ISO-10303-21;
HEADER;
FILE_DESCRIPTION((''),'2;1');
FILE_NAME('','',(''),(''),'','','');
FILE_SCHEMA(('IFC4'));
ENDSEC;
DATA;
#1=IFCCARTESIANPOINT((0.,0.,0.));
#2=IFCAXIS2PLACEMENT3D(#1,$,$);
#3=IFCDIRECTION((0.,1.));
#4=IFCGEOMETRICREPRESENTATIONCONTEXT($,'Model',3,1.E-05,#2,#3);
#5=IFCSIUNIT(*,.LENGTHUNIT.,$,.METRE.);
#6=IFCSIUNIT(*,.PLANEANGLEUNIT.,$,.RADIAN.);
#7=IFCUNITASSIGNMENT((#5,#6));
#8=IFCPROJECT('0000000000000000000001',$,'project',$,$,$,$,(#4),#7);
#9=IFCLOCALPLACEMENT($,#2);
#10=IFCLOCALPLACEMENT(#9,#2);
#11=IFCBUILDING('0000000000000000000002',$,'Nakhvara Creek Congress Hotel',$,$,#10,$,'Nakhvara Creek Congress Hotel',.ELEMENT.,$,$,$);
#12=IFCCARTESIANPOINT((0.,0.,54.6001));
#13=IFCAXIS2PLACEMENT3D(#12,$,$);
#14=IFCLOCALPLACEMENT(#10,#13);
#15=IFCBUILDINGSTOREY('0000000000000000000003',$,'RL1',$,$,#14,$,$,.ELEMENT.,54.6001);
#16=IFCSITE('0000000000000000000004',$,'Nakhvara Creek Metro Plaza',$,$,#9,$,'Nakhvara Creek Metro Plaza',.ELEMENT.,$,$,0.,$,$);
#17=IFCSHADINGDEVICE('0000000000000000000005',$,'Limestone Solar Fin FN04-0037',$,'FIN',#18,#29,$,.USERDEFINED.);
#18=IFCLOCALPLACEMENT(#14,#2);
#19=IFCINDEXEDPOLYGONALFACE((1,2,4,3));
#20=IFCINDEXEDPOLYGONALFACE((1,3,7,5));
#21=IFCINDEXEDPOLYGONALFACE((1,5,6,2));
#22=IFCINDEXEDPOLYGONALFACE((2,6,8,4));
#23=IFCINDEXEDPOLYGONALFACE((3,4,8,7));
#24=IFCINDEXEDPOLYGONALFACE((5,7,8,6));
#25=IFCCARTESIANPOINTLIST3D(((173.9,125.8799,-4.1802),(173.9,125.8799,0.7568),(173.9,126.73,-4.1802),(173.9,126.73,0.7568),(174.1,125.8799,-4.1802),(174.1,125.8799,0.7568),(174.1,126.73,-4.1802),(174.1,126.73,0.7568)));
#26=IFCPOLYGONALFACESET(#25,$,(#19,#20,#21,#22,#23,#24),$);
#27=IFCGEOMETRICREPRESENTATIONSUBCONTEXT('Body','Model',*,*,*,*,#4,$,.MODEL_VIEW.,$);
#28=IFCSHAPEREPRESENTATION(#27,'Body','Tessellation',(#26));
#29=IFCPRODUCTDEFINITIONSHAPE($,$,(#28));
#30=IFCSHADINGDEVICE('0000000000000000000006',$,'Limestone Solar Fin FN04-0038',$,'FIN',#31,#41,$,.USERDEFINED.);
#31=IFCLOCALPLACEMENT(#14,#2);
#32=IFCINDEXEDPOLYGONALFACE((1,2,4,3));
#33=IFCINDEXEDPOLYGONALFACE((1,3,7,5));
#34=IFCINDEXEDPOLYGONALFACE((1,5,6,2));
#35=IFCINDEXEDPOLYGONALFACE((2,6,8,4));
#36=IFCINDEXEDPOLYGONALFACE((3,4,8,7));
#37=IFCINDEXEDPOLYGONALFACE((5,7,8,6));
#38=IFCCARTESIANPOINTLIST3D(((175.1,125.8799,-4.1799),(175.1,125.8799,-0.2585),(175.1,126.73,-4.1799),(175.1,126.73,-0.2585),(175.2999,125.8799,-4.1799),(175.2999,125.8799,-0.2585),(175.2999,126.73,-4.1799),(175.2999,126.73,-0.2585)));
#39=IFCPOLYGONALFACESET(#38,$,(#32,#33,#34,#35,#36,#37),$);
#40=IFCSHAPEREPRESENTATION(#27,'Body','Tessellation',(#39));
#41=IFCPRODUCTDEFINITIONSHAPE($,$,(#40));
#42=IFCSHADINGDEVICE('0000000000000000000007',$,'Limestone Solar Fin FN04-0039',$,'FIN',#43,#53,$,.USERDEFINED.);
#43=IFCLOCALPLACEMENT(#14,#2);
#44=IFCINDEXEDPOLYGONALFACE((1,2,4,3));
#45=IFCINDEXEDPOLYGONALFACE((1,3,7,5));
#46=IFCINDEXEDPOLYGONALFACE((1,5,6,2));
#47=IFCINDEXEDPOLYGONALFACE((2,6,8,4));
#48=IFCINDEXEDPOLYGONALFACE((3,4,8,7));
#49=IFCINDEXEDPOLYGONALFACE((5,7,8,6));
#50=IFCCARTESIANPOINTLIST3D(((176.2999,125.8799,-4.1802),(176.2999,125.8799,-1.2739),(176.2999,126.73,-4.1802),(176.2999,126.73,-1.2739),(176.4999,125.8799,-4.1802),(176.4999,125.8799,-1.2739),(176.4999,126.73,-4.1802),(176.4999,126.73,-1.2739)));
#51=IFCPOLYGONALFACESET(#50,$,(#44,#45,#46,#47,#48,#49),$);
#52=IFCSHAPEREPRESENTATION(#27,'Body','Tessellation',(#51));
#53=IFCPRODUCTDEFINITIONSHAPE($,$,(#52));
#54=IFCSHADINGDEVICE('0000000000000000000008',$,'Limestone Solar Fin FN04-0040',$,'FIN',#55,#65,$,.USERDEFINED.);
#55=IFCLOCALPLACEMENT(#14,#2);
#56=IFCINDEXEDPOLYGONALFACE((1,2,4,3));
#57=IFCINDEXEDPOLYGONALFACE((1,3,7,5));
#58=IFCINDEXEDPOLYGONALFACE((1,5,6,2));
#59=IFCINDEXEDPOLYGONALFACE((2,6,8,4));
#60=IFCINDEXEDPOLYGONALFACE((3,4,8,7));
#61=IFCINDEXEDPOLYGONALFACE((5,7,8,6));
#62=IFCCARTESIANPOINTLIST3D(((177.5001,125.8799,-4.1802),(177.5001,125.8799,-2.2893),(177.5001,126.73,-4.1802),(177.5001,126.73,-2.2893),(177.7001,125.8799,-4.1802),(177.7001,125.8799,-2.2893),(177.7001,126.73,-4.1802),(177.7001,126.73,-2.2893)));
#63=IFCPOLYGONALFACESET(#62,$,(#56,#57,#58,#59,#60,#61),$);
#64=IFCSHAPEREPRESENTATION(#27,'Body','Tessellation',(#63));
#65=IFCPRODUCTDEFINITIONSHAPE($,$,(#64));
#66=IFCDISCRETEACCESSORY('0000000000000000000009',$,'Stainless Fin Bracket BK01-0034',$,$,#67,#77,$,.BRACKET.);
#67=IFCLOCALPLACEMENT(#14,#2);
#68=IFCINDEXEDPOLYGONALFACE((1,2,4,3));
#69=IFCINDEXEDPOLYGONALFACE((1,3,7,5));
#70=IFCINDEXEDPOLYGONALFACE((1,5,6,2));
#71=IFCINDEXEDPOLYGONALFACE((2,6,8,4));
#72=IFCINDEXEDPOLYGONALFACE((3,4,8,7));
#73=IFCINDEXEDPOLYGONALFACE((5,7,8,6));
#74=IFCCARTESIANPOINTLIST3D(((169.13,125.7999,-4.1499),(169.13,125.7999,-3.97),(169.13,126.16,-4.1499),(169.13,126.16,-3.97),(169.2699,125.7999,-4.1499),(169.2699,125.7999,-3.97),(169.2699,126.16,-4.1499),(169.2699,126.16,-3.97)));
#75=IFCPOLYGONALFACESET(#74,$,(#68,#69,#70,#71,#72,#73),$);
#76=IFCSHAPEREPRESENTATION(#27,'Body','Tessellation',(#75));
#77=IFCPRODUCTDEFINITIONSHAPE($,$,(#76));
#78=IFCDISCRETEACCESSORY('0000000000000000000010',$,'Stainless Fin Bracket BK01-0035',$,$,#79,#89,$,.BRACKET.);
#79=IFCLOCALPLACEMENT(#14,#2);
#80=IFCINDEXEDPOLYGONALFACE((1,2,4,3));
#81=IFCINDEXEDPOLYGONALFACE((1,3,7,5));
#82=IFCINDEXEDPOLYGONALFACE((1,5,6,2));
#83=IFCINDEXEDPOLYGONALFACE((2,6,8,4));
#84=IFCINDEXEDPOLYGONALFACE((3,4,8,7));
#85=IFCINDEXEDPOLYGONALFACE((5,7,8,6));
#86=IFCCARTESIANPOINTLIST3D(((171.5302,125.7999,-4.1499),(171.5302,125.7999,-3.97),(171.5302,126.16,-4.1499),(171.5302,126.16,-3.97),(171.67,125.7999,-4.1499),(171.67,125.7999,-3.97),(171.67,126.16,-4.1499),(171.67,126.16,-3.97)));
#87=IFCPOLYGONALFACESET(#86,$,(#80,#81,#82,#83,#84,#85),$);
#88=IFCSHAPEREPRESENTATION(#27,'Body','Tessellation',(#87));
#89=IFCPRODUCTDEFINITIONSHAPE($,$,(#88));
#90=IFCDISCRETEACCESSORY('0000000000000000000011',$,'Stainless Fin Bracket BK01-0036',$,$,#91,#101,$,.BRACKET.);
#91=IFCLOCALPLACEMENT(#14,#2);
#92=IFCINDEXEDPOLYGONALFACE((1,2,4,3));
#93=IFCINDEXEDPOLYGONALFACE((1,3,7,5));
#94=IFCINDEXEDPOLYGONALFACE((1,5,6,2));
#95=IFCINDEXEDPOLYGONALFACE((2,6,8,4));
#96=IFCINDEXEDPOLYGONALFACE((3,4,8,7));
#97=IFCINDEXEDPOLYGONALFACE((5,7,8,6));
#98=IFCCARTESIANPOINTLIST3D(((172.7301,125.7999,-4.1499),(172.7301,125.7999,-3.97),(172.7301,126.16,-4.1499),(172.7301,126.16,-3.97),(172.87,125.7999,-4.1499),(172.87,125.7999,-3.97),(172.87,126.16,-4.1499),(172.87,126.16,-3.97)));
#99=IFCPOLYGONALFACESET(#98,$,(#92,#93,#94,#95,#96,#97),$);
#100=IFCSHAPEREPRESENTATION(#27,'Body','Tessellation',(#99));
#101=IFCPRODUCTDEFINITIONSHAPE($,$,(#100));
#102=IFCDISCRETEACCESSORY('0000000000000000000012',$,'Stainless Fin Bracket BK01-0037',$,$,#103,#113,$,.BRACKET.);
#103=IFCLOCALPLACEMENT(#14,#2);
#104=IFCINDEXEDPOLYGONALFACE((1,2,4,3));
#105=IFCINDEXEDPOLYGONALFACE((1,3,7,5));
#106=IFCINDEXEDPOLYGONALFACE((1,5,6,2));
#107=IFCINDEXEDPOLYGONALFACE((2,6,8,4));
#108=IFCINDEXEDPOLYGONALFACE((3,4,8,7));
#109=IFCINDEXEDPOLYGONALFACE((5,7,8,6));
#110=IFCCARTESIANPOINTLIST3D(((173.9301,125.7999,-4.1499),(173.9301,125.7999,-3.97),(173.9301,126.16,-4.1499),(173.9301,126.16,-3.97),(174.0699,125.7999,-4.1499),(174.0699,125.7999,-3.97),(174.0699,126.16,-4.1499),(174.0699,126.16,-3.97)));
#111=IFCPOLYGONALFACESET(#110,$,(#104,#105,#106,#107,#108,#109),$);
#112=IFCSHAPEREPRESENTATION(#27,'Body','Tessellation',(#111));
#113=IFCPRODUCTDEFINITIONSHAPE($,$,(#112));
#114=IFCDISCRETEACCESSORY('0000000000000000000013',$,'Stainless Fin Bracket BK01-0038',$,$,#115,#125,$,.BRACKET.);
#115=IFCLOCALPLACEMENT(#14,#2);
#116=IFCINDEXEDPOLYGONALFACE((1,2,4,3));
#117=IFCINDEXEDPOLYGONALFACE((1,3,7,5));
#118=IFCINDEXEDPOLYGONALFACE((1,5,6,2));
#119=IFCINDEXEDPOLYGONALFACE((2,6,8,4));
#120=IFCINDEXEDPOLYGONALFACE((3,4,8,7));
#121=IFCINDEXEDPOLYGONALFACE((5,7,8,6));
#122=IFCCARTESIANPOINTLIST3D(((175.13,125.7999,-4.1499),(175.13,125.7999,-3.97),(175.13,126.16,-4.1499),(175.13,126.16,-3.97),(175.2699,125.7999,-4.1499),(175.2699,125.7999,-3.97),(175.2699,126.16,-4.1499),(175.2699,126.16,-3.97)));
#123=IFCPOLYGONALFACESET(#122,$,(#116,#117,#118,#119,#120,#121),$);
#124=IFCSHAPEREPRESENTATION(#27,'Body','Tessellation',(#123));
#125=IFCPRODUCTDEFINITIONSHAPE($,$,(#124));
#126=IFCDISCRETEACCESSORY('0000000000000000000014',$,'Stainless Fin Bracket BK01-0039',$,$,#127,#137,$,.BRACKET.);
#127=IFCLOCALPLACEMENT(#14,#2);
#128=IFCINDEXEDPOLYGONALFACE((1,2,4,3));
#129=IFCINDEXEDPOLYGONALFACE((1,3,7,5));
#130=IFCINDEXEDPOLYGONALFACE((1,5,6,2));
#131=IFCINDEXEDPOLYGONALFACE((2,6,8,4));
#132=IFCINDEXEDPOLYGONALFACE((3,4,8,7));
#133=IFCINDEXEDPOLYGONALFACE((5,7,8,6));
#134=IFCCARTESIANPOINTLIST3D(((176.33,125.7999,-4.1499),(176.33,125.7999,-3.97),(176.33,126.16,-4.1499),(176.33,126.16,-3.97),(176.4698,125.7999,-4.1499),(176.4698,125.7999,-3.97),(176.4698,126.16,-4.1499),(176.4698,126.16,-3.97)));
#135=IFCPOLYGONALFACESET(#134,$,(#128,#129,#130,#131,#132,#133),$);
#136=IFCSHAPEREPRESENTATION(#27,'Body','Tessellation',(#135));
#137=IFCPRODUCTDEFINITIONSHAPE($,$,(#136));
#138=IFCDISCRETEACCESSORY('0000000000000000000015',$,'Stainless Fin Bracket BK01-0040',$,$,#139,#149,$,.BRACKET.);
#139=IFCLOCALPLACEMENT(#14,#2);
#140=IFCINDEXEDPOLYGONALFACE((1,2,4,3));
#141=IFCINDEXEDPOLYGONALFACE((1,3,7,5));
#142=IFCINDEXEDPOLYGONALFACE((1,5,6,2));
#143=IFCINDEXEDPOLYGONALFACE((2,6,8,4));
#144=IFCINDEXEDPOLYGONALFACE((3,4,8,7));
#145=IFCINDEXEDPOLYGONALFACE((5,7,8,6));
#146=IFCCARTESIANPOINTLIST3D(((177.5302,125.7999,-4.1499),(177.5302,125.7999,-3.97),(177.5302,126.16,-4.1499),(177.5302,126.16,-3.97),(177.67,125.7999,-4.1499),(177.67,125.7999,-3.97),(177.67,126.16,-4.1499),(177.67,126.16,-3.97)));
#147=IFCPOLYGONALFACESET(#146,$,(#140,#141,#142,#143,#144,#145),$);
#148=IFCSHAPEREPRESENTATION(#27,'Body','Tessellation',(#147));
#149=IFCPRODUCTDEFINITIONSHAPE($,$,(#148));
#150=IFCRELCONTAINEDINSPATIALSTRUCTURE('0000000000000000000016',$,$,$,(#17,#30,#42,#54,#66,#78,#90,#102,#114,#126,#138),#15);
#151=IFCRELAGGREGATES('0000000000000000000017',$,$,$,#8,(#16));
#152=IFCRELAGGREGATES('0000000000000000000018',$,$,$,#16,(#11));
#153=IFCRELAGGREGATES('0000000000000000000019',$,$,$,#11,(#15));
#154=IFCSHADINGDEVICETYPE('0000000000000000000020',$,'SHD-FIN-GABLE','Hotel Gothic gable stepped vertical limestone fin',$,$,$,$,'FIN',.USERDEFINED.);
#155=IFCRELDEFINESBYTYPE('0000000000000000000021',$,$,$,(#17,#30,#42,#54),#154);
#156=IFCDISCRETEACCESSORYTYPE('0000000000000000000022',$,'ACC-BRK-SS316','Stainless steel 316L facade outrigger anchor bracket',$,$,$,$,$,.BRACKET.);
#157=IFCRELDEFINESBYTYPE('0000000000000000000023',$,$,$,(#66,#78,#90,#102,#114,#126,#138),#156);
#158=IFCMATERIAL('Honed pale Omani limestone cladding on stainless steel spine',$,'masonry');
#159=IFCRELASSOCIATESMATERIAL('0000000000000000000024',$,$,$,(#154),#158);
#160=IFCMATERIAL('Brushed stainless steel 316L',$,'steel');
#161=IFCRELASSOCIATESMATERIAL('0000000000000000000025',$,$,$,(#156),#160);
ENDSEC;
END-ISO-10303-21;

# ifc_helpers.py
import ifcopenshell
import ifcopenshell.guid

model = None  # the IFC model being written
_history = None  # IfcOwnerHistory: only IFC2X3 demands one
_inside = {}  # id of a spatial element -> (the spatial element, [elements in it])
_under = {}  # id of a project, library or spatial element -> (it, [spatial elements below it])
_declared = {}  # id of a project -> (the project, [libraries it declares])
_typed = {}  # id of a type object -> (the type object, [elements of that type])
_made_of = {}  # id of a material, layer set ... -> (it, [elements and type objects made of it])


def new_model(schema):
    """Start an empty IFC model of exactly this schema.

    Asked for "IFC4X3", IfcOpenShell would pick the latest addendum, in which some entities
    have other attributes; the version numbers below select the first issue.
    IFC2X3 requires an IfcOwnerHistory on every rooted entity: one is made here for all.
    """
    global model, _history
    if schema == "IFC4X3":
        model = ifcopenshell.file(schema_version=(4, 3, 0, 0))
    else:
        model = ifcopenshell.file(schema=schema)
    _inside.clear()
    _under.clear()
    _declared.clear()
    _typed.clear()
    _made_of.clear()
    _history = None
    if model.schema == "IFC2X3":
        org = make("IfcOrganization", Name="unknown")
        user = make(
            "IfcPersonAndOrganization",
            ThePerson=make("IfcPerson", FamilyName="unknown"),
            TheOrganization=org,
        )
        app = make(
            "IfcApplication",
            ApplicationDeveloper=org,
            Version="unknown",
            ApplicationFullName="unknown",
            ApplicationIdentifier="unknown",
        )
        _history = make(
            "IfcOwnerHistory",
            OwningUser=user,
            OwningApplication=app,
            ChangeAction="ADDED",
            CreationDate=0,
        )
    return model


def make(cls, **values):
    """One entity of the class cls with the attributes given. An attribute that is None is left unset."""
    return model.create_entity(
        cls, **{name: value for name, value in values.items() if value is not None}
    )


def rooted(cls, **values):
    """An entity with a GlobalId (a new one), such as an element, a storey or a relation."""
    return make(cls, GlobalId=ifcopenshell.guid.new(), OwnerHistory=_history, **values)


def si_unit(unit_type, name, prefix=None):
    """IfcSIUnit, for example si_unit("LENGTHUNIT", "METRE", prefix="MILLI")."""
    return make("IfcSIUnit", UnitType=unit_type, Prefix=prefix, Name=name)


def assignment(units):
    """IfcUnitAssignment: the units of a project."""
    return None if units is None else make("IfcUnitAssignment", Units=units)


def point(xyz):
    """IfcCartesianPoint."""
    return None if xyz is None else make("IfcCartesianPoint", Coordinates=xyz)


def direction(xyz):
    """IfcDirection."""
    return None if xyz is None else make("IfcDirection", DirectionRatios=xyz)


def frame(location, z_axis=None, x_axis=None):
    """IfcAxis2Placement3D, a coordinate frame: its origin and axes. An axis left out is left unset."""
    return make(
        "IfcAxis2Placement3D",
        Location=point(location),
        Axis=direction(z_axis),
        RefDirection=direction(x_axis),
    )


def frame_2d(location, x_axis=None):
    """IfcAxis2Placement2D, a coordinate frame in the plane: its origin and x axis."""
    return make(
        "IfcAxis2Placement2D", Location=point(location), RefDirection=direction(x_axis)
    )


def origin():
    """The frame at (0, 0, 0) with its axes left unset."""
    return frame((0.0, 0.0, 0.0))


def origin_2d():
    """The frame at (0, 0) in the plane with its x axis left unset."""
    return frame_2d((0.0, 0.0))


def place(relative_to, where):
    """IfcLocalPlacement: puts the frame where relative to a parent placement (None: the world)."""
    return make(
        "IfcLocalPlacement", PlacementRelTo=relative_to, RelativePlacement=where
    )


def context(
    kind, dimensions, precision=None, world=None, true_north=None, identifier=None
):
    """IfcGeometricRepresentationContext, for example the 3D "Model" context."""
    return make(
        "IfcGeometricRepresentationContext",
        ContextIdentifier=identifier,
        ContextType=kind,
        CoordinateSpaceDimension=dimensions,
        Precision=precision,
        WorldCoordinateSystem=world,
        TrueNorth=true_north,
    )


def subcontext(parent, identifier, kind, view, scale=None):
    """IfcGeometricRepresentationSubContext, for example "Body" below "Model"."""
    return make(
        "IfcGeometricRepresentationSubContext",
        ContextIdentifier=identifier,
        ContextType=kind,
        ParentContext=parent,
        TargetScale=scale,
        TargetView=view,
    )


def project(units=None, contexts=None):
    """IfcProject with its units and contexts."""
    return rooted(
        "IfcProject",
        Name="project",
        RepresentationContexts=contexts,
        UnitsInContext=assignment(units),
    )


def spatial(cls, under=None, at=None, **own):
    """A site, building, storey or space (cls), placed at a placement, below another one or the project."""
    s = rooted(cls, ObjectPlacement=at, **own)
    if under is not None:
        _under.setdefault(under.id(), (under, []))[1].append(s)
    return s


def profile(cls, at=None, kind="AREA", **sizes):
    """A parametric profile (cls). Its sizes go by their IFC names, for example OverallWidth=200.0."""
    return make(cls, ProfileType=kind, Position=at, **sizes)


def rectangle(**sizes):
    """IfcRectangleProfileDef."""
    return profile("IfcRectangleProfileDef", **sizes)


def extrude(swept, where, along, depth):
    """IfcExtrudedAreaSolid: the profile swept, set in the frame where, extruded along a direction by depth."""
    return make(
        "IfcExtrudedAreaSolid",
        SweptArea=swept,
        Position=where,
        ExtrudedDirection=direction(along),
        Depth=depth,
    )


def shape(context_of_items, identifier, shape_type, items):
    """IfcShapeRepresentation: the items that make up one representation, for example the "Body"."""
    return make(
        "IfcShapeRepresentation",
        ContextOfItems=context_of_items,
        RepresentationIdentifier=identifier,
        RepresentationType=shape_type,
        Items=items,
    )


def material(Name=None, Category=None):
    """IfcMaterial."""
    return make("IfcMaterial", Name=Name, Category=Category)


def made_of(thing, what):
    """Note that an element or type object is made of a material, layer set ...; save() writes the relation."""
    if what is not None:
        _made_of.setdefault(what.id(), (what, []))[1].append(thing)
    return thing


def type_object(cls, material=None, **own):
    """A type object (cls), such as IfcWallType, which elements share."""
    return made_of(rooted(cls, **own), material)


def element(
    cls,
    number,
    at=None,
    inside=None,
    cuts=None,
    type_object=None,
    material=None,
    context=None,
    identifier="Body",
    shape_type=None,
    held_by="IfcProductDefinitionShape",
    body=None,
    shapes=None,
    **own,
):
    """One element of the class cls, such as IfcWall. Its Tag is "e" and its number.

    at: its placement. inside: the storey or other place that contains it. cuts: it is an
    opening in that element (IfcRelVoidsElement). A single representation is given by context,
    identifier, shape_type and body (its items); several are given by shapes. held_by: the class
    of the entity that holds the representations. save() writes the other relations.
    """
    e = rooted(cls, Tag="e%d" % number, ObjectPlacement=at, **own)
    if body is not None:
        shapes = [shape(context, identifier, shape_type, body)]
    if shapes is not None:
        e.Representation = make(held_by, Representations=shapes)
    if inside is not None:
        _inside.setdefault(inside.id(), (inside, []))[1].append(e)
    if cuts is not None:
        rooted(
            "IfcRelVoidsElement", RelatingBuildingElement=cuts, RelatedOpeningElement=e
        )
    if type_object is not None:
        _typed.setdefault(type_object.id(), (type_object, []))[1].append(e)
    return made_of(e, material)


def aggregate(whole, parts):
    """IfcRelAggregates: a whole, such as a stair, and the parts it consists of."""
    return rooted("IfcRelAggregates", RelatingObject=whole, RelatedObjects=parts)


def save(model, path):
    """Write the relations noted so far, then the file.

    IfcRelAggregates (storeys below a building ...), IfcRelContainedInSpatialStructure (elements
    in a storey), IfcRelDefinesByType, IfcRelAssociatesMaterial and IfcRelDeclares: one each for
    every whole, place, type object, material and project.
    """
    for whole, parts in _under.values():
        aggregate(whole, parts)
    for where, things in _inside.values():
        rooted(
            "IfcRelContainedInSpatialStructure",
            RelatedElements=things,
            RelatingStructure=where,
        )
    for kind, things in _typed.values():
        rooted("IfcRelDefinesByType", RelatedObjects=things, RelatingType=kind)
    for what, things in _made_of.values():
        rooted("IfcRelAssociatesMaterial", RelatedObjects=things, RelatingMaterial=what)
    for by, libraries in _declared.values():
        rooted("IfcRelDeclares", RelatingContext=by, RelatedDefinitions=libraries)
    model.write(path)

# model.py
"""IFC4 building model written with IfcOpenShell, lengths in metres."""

from ifc_helpers import new_model, si_unit, direction, frame, origin, origin_2d, place, context, subcontext, project, spatial, rectangle, extrude, material, type_object, element, save


model = new_model("IFC4")

# Units and contexts
model_context = context("Model", 3, precision=1e-05, world=origin(), true_north=direction((0.0, 1.0)))
body_context = subcontext(model_context, "Body", "Model", "MODEL_VIEW")
ifc_project = project(units=[si_unit("LENGTHUNIT", "METRE"), si_unit("PLANEANGLEUNIT", "RADIAN")], contexts=[model_context])

# Site, building, storey
site_placement = place(None, origin())
site = spatial("IfcSite", under=ifc_project, at=site_placement, Name="Nakhvara Creek Metro Plaza", LongName="Nakhvara Creek Metro Plaza", CompositionType="ELEMENT", RefElevation=0.0)
building_placement = place(site_placement, origin())
building = spatial("IfcBuilding", under=site, at=building_placement, Name="Nakhvara Creek Congress Hotel", LongName="Nakhvara Creek Congress Hotel", CompositionType="ELEMENT")
storey_placement = place(building_placement, frame((0.0, 0.0, 54.6001)))
storey = spatial("IfcBuildingStorey", under=building, at=storey_placement, Name="RL1", CompositionType="ELEMENT", Elevation=54.6001)

# Shading devices
ifc_material_1 = material(Name="Honed pale Omani limestone cladding on stainless steel spine", Category="masonry")
shading_device_type = type_object("IfcShadingDeviceType", Name="SHD-FIN-GABLE", Description="Hotel Gothic gable stepped vertical limestone fin", ElementType="FIN", PredefinedType="USERDEFINED", material=ifc_material_1)
shading_device_1_placement = place(storey_placement, frame((174.0, 126.3049, -4.1802), z_axis=(0.0, 0.0, 1.0), x_axis=(1.0, 0.0, 0.0)))
element("IfcShadingDevice", 1, at=shading_device_1_placement, inside=storey, type_object=shading_device_type, Name="Limestone Solar Fin FN04-0037", ObjectType="FIN", PredefinedType="USERDEFINED", context=body_context, shape_type="SweptSolid", body=[
    extrude(rectangle(XDim=0.2, YDim=0.8501, at=origin_2d()), origin(), (0.0, 0.0, 1.0), 4.937),
])
shading_device_2_placement = place(storey_placement, frame((175.2, 126.3049, -4.1799), z_axis=(0.0, 0.0, 1.0), x_axis=(1.0, 0.0, 0.0)))
element("IfcShadingDevice", 2, at=shading_device_2_placement, inside=storey, type_object=shading_device_type, Name="Limestone Solar Fin FN04-0038", ObjectType="FIN", PredefinedType="USERDEFINED", context=body_context, shape_type="SweptSolid", body=[
    extrude(rectangle(XDim=0.2, YDim=0.8501, at=origin_2d()), origin(), (0.0, 0.0, 1.0), 3.9214),
])
shading_device_3_placement = place(storey_placement, frame((176.3999, 126.3049, -4.1802), z_axis=(0.0, 0.0, 1.0), x_axis=(1.0, 0.0, 0.0)))
element("IfcShadingDevice", 3, at=shading_device_3_placement, inside=storey, type_object=shading_device_type, Name="Limestone Solar Fin FN04-0039", ObjectType="FIN", PredefinedType="USERDEFINED", context=body_context, shape_type="SweptSolid", body=[
    extrude(rectangle(XDim=0.2, YDim=0.8501, at=origin_2d()), origin(), (0.0, 0.0, 1.0), 2.9062),
])
shading_device_4_placement = place(storey_placement, frame((177.6001, 126.3049, -4.1802), z_axis=(0.0, 0.0, 1.0), x_axis=(1.0, 0.0, 0.0)))
element("IfcShadingDevice", 4, at=shading_device_4_placement, inside=storey, type_object=shading_device_type, Name="Limestone Solar Fin FN04-0040", ObjectType="FIN", PredefinedType="USERDEFINED", context=body_context, shape_type="SweptSolid", body=[
    extrude(rectangle(XDim=0.2, YDim=0.8501, at=origin_2d()), origin(), (0.0, 0.0, 1.0), 1.8909),
])

# Discrete accessories
ifc_material_2 = material(Name="Brushed stainless steel 316L", Category="steel")
discrete_accessory_type = type_object("IfcDiscreteAccessoryType", Name="ACC-BRK-SS316", Description="Stainless steel 316L facade outrigger anchor bracket", PredefinedType="BRACKET", material=ifc_material_2)
for number, where, z_axis, x_axis, name in (
    (5, (169.2, 125.98, -4.1499), (0.0, 0.0, 1.0), (1.0, 0.0, 0.0), "Stainless Fin Bracket BK01-0034"),
    (6, (171.6001, 125.98, -4.1499), (0.0, 0.0, 1.0), (1.0, 0.0, 0.0), "Stainless Fin Bracket BK01-0035"),
    (7, (172.8, 125.98, -4.1499), (0.0, 0.0, 1.0), (1.0, 0.0, 0.0), "Stainless Fin Bracket BK01-0036"),
    (8, (174.0, 125.98, -4.1499), (0.0, 0.0, 1.0), (1.0, 0.0, 0.0), "Stainless Fin Bracket BK01-0037"),
    (9, (175.2, 125.98, -4.1499), (0.0, 0.0, 1.0), (1.0, 0.0, 0.0), "Stainless Fin Bracket BK01-0038"),
    (10, (176.3999, 125.98, -4.1499), (0.0, 0.0, 1.0), (1.0, 0.0, 0.0), "Stainless Fin Bracket BK01-0039"),
    (11, (177.6001, 125.98, -4.1499), (0.0, 0.0, 1.0), (1.0, 0.0, 0.0), "Stainless Fin Bracket BK01-0040"),
):
    element("IfcDiscreteAccessory", number, at=place(storey_placement, frame(where, z_axis=z_axis, x_axis=x_axis)), inside=storey, type_object=discrete_accessory_type, Name=name, PredefinedType="BRACKET", context=body_context, shape_type="SweptSolid", body=[
        extrude(rectangle(XDim=0.1399, YDim=0.3601, at=origin_2d()), origin(), (0.0, 0.0, 1.0), 0.1799),
    ])

save(model, "model.ifc")
